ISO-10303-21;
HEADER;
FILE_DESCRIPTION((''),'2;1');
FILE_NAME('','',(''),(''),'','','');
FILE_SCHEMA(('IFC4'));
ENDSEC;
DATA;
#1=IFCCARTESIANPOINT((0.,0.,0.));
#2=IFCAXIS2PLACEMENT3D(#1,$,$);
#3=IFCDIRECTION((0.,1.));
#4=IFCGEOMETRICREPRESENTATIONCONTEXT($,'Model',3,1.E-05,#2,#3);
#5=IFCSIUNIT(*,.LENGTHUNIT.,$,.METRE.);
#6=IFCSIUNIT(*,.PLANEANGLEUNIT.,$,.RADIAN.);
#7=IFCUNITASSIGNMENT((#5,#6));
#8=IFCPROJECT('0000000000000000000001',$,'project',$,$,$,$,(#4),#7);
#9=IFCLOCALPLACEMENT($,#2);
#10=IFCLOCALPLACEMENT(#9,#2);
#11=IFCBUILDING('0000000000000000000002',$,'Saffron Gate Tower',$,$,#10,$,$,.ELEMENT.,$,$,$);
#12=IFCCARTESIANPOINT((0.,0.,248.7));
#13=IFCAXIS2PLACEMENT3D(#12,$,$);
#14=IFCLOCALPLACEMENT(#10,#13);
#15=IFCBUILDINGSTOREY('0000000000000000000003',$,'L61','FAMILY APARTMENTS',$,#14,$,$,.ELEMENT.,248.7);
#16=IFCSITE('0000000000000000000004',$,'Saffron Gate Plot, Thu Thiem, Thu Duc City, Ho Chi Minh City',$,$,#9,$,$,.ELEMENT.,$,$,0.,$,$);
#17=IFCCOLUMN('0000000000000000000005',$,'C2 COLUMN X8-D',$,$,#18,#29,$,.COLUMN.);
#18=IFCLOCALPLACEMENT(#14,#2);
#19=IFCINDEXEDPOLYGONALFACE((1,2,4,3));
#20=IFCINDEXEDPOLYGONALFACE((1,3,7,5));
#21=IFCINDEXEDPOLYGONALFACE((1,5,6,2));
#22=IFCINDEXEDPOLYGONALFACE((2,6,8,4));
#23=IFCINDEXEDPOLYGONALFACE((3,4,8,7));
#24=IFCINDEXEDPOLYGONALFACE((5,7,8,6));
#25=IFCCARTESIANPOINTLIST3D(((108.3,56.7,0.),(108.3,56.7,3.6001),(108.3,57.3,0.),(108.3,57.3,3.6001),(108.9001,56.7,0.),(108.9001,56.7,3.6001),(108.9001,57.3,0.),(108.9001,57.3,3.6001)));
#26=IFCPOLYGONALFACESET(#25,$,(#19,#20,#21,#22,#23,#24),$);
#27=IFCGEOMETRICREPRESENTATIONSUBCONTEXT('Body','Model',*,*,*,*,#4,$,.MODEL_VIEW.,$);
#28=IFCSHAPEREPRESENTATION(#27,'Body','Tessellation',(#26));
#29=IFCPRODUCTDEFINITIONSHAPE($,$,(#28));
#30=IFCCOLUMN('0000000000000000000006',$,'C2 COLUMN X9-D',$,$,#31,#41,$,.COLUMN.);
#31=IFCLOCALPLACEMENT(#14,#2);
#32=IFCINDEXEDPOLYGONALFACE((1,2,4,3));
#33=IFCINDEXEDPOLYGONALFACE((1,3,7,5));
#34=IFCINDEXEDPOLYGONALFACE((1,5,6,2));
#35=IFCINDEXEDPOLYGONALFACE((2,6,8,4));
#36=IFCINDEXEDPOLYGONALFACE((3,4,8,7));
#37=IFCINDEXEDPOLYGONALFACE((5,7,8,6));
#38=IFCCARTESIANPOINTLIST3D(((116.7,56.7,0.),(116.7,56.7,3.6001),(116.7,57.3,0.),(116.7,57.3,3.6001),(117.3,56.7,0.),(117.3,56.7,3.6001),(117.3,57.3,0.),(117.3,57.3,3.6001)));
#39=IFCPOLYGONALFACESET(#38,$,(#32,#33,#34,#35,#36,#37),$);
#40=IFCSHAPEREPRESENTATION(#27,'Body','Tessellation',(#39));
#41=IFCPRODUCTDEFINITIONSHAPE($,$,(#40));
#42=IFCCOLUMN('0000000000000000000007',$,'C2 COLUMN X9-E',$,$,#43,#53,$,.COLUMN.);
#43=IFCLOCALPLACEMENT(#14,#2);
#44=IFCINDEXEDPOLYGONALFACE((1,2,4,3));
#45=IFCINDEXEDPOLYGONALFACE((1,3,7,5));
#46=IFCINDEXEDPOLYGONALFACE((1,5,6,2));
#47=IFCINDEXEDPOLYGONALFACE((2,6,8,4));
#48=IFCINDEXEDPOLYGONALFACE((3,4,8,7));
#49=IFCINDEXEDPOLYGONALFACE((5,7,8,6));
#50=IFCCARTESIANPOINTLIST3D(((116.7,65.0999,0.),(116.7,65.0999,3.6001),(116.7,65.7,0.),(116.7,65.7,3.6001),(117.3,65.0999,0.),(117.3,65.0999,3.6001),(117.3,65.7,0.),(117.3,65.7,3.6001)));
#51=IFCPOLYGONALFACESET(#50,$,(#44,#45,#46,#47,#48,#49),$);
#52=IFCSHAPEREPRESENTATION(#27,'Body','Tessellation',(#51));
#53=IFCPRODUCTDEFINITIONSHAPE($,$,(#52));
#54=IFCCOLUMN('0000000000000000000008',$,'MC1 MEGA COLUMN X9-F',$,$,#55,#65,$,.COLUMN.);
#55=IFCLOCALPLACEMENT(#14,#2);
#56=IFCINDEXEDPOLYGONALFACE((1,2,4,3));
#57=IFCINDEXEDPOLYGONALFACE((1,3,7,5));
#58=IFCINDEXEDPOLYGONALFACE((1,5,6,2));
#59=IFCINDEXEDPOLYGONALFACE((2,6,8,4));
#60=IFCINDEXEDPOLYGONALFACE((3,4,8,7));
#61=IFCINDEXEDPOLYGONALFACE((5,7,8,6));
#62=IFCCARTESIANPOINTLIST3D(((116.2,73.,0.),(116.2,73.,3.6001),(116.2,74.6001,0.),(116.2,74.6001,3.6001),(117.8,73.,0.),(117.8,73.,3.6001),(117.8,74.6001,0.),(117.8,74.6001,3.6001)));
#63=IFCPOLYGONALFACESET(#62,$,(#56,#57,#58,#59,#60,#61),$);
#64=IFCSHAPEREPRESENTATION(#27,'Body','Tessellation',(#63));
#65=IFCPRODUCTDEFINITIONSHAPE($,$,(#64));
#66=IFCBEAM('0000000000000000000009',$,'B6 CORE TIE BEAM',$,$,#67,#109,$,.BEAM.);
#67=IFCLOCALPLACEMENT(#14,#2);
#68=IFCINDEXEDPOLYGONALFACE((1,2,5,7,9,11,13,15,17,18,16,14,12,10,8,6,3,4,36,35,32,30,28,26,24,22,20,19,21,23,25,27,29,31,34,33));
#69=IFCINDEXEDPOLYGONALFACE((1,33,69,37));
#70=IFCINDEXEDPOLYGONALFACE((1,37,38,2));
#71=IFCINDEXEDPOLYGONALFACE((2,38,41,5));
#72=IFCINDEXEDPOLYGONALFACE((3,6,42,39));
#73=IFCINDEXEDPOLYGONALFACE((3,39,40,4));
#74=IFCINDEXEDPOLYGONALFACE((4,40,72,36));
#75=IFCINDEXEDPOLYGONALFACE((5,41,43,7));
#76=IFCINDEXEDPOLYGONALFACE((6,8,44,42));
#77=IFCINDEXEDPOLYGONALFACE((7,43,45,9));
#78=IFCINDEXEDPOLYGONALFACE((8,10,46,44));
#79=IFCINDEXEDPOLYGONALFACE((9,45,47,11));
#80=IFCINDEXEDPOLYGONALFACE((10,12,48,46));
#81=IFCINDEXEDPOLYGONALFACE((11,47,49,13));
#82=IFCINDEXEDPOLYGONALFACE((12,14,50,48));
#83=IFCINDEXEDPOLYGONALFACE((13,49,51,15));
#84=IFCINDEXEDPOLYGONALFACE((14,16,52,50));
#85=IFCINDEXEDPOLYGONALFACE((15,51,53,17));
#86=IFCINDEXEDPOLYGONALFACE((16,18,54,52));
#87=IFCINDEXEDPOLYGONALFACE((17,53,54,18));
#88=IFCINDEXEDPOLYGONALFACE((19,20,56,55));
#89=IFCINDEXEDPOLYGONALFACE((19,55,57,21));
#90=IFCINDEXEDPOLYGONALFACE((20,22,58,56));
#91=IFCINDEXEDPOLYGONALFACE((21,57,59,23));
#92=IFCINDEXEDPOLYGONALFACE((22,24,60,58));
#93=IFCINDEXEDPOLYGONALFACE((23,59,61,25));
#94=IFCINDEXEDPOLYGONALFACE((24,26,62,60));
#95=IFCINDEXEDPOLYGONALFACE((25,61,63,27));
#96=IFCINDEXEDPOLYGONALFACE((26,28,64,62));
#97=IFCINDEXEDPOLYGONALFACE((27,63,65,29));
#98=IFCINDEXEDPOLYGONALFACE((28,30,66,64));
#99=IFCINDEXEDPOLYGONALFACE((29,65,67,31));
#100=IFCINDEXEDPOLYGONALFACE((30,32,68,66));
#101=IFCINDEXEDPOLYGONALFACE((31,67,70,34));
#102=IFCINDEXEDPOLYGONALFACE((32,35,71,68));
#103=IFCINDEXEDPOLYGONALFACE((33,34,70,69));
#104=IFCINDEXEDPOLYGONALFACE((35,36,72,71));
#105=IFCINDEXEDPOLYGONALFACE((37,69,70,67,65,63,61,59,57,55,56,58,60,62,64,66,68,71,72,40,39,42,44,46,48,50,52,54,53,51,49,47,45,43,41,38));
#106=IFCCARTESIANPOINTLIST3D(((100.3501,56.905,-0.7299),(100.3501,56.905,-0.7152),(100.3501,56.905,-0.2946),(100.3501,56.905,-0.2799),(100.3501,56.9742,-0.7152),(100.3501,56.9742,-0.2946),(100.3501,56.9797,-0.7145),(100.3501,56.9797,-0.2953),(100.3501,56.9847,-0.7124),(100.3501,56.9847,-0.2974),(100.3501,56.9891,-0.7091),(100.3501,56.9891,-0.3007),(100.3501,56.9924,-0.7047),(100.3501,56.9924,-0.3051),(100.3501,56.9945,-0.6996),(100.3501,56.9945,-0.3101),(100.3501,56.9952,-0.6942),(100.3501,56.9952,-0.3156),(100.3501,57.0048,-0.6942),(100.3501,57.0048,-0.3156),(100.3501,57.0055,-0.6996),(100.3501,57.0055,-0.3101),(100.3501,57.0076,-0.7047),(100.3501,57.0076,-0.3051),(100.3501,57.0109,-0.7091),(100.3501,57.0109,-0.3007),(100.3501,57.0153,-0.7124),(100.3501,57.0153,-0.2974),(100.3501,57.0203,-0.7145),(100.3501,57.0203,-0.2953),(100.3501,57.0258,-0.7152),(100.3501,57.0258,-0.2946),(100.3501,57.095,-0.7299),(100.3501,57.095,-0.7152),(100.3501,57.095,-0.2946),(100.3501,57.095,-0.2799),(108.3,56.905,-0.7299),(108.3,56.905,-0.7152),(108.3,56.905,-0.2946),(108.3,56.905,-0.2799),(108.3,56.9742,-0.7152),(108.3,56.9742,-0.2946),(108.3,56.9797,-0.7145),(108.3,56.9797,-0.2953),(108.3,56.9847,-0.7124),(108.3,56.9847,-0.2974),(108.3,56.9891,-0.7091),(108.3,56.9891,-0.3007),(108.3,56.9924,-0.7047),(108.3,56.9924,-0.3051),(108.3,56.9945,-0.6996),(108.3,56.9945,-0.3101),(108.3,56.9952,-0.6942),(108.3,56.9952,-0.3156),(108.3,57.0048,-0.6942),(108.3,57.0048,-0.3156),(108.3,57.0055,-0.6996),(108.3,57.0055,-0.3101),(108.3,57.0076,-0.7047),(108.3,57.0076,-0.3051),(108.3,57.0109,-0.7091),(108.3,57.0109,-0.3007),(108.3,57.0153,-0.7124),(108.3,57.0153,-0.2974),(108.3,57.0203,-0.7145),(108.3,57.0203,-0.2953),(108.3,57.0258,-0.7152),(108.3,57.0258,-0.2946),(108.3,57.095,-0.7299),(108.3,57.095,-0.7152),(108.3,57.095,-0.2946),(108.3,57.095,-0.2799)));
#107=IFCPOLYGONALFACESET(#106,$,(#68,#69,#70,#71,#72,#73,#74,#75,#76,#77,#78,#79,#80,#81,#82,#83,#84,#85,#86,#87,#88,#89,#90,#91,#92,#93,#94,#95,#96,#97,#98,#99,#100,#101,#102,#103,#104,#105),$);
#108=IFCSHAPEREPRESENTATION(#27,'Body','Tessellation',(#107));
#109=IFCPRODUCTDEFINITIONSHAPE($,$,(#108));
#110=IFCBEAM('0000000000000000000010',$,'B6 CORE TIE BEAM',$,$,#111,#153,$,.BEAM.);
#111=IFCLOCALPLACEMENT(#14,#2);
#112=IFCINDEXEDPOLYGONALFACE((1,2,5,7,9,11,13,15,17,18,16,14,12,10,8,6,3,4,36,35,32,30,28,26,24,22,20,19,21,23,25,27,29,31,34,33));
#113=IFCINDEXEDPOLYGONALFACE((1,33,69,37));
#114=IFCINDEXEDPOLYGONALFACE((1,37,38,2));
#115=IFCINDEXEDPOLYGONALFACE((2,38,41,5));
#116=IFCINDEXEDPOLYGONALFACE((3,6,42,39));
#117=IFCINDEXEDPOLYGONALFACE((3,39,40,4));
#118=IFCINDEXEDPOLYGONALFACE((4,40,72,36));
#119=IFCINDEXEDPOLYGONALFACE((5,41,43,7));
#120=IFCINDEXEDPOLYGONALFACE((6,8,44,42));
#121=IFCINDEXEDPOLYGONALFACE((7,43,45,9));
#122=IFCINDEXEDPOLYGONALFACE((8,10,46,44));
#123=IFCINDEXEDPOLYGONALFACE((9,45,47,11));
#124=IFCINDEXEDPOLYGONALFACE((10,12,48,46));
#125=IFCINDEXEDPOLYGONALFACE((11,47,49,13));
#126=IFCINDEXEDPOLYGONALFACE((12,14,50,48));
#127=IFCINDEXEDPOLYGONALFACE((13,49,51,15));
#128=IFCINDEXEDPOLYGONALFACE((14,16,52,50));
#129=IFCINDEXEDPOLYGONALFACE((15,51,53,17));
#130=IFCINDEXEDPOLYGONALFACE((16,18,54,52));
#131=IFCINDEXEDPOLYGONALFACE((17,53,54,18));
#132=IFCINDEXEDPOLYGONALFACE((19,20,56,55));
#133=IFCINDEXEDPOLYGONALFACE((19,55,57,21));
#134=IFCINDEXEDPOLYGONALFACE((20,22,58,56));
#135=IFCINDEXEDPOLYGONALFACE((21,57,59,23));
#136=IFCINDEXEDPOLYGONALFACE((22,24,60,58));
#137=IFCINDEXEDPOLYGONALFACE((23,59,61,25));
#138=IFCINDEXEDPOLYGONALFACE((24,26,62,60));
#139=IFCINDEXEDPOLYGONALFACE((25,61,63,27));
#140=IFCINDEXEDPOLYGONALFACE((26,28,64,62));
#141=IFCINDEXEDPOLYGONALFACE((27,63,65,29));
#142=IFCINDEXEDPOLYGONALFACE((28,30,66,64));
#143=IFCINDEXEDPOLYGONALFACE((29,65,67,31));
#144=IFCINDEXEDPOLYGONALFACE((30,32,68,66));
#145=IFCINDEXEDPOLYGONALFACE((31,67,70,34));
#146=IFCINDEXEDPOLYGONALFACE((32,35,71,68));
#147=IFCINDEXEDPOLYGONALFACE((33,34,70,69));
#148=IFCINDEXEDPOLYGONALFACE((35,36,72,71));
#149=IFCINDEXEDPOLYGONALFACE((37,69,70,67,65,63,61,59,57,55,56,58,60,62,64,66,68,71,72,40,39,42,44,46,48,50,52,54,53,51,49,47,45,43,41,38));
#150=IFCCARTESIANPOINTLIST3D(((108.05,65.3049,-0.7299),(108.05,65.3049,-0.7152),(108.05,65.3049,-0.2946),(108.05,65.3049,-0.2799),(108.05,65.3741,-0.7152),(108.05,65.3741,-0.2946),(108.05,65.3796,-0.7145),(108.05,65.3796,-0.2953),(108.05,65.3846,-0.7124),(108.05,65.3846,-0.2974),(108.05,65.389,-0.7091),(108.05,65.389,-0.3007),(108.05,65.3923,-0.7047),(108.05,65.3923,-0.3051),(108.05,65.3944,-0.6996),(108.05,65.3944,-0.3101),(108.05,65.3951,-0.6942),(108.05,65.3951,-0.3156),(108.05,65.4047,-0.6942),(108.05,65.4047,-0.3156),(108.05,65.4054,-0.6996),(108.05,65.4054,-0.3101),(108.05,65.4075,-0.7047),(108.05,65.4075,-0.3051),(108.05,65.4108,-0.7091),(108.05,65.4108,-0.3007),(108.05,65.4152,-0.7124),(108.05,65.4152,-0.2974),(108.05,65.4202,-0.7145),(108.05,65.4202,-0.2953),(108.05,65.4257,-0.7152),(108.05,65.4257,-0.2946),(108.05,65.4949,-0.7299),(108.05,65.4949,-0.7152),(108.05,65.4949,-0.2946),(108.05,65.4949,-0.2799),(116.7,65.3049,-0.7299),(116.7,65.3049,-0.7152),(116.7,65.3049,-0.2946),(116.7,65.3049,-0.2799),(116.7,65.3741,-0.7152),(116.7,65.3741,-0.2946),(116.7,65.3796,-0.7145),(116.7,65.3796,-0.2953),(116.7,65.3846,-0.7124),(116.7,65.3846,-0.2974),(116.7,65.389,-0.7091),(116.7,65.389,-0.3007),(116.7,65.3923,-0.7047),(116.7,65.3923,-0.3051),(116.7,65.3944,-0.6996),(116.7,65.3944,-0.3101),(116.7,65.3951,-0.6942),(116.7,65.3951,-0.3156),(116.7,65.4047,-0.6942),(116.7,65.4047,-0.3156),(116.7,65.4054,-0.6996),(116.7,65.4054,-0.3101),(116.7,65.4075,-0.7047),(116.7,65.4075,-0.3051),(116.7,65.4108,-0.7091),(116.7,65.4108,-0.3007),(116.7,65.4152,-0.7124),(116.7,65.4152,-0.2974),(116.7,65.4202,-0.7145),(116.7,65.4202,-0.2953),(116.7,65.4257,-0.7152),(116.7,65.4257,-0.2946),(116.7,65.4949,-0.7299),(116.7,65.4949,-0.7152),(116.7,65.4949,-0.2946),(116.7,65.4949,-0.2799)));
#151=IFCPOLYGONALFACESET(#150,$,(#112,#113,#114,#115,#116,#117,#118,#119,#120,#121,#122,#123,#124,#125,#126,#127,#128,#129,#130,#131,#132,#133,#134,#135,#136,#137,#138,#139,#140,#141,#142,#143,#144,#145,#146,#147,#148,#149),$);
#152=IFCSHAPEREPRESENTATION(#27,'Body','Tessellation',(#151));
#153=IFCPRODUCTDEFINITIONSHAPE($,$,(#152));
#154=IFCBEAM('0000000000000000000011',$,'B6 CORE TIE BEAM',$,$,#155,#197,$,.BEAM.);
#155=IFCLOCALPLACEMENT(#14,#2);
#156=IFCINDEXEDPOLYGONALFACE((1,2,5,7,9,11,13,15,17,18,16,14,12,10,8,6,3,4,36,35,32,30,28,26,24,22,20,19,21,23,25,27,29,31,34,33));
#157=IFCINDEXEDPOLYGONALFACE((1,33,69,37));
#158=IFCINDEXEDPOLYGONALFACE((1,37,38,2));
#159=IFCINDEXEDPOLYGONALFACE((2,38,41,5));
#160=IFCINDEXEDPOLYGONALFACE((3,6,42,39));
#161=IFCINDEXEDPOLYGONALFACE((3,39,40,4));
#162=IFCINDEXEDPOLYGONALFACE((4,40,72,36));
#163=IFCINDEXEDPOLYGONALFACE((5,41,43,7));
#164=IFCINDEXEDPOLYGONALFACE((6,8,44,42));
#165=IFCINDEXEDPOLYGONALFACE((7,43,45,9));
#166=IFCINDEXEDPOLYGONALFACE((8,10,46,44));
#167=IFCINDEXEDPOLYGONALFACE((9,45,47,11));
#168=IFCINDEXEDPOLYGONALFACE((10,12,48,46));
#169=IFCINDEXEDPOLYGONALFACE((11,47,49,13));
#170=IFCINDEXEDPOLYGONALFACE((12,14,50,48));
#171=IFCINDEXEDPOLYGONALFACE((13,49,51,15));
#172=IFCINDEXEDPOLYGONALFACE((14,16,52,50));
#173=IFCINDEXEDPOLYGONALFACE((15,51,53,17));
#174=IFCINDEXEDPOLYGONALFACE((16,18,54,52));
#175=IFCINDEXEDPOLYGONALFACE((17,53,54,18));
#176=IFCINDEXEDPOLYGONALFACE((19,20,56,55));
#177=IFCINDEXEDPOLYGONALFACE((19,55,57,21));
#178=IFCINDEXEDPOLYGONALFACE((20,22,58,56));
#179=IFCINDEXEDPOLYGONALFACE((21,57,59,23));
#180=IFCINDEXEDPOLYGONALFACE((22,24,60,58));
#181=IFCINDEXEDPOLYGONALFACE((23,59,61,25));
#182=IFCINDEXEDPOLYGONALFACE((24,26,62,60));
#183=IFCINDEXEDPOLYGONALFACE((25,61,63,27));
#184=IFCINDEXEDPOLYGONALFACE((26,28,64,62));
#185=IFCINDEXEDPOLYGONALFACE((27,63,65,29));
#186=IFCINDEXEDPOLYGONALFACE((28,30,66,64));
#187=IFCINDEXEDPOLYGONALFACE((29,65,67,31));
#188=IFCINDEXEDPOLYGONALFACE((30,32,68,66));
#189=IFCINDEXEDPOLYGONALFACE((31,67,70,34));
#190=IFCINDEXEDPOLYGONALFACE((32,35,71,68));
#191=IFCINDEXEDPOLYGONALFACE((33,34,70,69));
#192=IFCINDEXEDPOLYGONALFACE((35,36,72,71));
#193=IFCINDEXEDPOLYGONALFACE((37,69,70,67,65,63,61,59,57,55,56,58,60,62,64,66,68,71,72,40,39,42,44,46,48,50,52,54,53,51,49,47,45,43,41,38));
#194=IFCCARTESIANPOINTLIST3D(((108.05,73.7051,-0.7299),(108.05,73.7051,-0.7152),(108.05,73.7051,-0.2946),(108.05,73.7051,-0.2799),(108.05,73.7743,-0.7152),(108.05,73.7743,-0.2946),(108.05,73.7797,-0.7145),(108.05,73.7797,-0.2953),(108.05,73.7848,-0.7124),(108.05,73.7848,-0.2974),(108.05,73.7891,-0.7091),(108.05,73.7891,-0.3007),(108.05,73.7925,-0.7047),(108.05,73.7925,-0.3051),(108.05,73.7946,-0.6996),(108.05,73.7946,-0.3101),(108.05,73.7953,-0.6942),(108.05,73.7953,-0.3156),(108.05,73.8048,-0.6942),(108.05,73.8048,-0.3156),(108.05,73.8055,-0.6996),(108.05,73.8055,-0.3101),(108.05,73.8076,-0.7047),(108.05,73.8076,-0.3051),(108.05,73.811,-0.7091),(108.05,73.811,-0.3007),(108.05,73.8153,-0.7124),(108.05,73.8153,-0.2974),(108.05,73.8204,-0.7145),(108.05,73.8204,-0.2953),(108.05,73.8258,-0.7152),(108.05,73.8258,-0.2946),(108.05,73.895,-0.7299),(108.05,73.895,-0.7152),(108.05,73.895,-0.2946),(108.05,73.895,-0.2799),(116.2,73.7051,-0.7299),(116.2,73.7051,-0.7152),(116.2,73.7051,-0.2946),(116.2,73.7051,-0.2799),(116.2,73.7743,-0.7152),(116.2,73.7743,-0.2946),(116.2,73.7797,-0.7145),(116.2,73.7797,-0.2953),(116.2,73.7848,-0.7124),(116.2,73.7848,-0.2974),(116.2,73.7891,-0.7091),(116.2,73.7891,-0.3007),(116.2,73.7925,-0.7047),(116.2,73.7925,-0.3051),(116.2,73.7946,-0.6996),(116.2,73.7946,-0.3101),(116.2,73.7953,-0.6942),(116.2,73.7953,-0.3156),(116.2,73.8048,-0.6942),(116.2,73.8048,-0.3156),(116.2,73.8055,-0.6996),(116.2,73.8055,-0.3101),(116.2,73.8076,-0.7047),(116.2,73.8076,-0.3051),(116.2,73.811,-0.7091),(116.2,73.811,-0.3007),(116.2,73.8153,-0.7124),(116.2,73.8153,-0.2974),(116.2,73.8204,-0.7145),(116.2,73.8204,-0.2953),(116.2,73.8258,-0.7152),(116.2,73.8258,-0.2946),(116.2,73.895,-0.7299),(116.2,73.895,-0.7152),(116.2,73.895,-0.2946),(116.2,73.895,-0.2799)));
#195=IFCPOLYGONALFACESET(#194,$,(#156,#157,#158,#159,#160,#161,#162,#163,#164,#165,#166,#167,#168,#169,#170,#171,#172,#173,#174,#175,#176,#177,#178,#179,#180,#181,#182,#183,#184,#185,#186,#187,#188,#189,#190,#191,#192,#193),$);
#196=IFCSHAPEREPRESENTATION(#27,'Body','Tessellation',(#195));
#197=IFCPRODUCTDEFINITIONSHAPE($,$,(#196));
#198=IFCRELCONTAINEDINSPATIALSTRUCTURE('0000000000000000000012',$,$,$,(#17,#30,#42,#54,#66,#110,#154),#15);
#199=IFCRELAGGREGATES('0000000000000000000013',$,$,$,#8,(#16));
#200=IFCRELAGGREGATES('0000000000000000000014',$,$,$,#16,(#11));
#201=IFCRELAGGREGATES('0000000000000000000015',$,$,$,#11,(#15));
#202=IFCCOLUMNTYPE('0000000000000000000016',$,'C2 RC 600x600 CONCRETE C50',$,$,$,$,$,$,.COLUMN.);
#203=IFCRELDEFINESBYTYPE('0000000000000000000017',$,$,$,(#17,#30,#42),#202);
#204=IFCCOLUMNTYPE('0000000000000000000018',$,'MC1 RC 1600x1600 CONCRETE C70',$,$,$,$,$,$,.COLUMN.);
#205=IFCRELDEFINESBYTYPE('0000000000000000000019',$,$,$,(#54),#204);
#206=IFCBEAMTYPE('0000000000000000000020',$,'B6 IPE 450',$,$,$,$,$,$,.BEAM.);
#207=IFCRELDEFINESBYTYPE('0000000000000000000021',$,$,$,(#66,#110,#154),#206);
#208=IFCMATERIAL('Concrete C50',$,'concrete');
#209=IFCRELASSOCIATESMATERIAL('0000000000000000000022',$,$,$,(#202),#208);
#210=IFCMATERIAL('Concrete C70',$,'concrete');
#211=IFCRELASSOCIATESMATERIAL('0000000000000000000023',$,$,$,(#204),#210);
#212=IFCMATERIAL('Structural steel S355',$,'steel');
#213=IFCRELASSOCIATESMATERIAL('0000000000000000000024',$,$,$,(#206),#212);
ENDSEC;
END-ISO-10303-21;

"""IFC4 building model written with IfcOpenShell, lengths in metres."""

from ifc_helpers import new_model, si_unit, direction, frame, origin, origin_2d, place, context, subcontext, project, spatial, rectangle, i_section, extrude, material, material_profile, profile_set, type_object, element, save


model = new_model("IFC4")

# Units and contexts
model_context = context("Model", 3, precision=1e-05, world=origin(), true_north=direction((0.0, 1.0)))
body_context = subcontext(model_context, "Body", "Model", "MODEL_VIEW")
ifc_project = project(units=[si_unit("LENGTHUNIT", "METRE"), si_unit("PLANEANGLEUNIT", "RADIAN")], contexts=[model_context])

# Site, building, storey
site_placement = place(None, origin())
site = spatial("IfcSite", under=ifc_project, at=site_placement, Name="Saffron Gate Plot, Thu Thiem, Thu Duc City, Ho Chi Minh City", CompositionType="ELEMENT", RefElevation=0.0)
building_placement = place(site_placement, origin())
building = spatial("IfcBuilding", under=site, at=building_placement, Name="Saffron Gate Tower", CompositionType="ELEMENT")
storey_placement = place(building_placement, frame((0.0, 0.0, 248.7)))
storey = spatial("IfcBuildingStorey", under=building, at=storey_placement, Name="L61", Description="FAMILY APARTMENTS", CompositionType="ELEMENT", Elevation=248.7)

# Columns
ifc_material_1 = material(Name="Concrete C50", Category="concrete")
ifc_material_profile_1 = material_profile(ifc_material_1, rectangle(XDim=0.6001, YDim=0.6001, at=origin_2d()))
ifc_profile_set_1 = profile_set([ifc_material_profile_1], Name="Concrete C50")
column_type_1 = type_object("IfcColumnType", Name="C2 RC 600x600 CONCRETE C50", PredefinedType="COLUMN", material=ifc_profile_set_1)
for number, where, z_axis, x_axis, name in (
    (1, (108.6001, 57.0, 0.0), (0.0, 0.0, 1.0), (1.0, 0.0, 0.0), "C2 COLUMN X8-D"),
    (2, (117.0, 57.0, 0.0), (0.0, 0.0, 1.0), (1.0, 0.0, 0.0), "C2 COLUMN X9-D"),
    (3, (117.0, 65.3999, 0.0), (0.0, 0.0, 1.0), (1.0, 0.0, 0.0), "C2 COLUMN X9-E"),
):
    element("IfcColumn", number, at=place(storey_placement, frame(where, z_axis=z_axis, x_axis=x_axis)), inside=storey, type_object=column_type_1, Name=name, PredefinedType="COLUMN", context=body_context, shape_type="SweptSolid", body=[
        extrude(rectangle(XDim=0.6001, YDim=0.6001, at=origin_2d()), origin(), (0.0, 0.0, 1.0), 3.6001),
    ])
ifc_material_2 = material(Name="Concrete C70", Category="concrete")
ifc_material_profile_2 = material_profile(ifc_material_2, rectangle(XDim=1.6001, YDim=1.6001, at=origin_2d()))
ifc_profile_set_2 = profile_set([ifc_material_profile_2], Name="Concrete C70")
column_type_2 = type_object("IfcColumnType", Name="MC1 RC 1600x1600 CONCRETE C70", PredefinedType="COLUMN", material=ifc_profile_set_2)
column_placement = place(storey_placement, frame((117.0, 73.8, 0.0), z_axis=(0.0, 0.0, 1.0), x_axis=(1.0, 0.0, 0.0)))
element("IfcColumn", 4, at=column_placement, inside=storey, type_object=column_type_2, Name="MC1 MEGA COLUMN X9-F", PredefinedType="COLUMN", context=body_context, shape_type="SweptSolid", body=[
    extrude(rectangle(XDim=1.6001, YDim=1.6001, at=origin_2d()), origin(), (0.0, 0.0, 1.0), 3.6001),
])

# Beams
ifc_material_3 = material(Name="Structural steel S355", Category="steel")
ifc_material_profile_3 = material_profile(ifc_material_3, i_section(OverallWidth=0.1899, OverallDepth=0.45, WebThickness=0.0095, FlangeThickness=0.0146, FilletRadius=0.021, at=origin_2d()))
ifc_profile_set_3 = profile_set([ifc_material_profile_3], Name="Structural steel S355")
beam_type = type_object("IfcBeamType", Name="B6 IPE 450", PredefinedType="BEAM", material=ifc_profile_set_3)
beam_1_placement = place(storey_placement, frame((108.3, 57.0, -0.5049), z_axis=(-1.0, 0.0, 0.0), x_axis=(0.0, -1.0, 0.0)))
element("IfcBeam", 5, at=beam_1_placement, inside=storey, type_object=beam_type, Name="B6 CORE TIE BEAM", PredefinedType="BEAM", context=body_context, shape_type="SweptSolid", body=[
    extrude(i_section(OverallWidth=0.1899, OverallDepth=0.45, WebThickness=0.0095, FlangeThickness=0.0146, FilletRadius=0.021, at=origin_2d()), origin(), (0.0, 0.0, 1.0), 7.95),
])
beam_2_placement = place(storey_placement, frame((116.7, 65.3999, -0.5049), z_axis=(-1.0, 0.0, 0.0), x_axis=(0.0, -1.0, 0.0)))
element("IfcBeam", 6, at=beam_2_placement, inside=storey, type_object=beam_type, Name="B6 CORE TIE BEAM", PredefinedType="BEAM", context=body_context, shape_type="SweptSolid", body=[
    extrude(i_section(OverallWidth=0.1899, OverallDepth=0.45, WebThickness=0.0095, FlangeThickness=0.0146, FilletRadius=0.021, at=origin_2d()), origin(), (0.0, 0.0, 1.0), 8.6499),
])
beam_3_placement = place(storey_placement, frame((116.2, 73.8, -0.5049), z_axis=(-1.0, 0.0, 0.0), x_axis=(0.0, -1.0, 0.0)))
element("IfcBeam", 7, at=beam_3_placement, inside=storey, type_object=beam_type, Name="B6 CORE TIE BEAM", PredefinedType="BEAM", context=body_context, shape_type="SweptSolid", body=[
    extrude(i_section(OverallWidth=0.1899, OverallDepth=0.45, WebThickness=0.0095, FlangeThickness=0.0146, FilletRadius=0.021, at=origin_2d()), origin(), (0.0, 0.0, 1.0), 8.1499),
])

save(model, "model.ifc")
